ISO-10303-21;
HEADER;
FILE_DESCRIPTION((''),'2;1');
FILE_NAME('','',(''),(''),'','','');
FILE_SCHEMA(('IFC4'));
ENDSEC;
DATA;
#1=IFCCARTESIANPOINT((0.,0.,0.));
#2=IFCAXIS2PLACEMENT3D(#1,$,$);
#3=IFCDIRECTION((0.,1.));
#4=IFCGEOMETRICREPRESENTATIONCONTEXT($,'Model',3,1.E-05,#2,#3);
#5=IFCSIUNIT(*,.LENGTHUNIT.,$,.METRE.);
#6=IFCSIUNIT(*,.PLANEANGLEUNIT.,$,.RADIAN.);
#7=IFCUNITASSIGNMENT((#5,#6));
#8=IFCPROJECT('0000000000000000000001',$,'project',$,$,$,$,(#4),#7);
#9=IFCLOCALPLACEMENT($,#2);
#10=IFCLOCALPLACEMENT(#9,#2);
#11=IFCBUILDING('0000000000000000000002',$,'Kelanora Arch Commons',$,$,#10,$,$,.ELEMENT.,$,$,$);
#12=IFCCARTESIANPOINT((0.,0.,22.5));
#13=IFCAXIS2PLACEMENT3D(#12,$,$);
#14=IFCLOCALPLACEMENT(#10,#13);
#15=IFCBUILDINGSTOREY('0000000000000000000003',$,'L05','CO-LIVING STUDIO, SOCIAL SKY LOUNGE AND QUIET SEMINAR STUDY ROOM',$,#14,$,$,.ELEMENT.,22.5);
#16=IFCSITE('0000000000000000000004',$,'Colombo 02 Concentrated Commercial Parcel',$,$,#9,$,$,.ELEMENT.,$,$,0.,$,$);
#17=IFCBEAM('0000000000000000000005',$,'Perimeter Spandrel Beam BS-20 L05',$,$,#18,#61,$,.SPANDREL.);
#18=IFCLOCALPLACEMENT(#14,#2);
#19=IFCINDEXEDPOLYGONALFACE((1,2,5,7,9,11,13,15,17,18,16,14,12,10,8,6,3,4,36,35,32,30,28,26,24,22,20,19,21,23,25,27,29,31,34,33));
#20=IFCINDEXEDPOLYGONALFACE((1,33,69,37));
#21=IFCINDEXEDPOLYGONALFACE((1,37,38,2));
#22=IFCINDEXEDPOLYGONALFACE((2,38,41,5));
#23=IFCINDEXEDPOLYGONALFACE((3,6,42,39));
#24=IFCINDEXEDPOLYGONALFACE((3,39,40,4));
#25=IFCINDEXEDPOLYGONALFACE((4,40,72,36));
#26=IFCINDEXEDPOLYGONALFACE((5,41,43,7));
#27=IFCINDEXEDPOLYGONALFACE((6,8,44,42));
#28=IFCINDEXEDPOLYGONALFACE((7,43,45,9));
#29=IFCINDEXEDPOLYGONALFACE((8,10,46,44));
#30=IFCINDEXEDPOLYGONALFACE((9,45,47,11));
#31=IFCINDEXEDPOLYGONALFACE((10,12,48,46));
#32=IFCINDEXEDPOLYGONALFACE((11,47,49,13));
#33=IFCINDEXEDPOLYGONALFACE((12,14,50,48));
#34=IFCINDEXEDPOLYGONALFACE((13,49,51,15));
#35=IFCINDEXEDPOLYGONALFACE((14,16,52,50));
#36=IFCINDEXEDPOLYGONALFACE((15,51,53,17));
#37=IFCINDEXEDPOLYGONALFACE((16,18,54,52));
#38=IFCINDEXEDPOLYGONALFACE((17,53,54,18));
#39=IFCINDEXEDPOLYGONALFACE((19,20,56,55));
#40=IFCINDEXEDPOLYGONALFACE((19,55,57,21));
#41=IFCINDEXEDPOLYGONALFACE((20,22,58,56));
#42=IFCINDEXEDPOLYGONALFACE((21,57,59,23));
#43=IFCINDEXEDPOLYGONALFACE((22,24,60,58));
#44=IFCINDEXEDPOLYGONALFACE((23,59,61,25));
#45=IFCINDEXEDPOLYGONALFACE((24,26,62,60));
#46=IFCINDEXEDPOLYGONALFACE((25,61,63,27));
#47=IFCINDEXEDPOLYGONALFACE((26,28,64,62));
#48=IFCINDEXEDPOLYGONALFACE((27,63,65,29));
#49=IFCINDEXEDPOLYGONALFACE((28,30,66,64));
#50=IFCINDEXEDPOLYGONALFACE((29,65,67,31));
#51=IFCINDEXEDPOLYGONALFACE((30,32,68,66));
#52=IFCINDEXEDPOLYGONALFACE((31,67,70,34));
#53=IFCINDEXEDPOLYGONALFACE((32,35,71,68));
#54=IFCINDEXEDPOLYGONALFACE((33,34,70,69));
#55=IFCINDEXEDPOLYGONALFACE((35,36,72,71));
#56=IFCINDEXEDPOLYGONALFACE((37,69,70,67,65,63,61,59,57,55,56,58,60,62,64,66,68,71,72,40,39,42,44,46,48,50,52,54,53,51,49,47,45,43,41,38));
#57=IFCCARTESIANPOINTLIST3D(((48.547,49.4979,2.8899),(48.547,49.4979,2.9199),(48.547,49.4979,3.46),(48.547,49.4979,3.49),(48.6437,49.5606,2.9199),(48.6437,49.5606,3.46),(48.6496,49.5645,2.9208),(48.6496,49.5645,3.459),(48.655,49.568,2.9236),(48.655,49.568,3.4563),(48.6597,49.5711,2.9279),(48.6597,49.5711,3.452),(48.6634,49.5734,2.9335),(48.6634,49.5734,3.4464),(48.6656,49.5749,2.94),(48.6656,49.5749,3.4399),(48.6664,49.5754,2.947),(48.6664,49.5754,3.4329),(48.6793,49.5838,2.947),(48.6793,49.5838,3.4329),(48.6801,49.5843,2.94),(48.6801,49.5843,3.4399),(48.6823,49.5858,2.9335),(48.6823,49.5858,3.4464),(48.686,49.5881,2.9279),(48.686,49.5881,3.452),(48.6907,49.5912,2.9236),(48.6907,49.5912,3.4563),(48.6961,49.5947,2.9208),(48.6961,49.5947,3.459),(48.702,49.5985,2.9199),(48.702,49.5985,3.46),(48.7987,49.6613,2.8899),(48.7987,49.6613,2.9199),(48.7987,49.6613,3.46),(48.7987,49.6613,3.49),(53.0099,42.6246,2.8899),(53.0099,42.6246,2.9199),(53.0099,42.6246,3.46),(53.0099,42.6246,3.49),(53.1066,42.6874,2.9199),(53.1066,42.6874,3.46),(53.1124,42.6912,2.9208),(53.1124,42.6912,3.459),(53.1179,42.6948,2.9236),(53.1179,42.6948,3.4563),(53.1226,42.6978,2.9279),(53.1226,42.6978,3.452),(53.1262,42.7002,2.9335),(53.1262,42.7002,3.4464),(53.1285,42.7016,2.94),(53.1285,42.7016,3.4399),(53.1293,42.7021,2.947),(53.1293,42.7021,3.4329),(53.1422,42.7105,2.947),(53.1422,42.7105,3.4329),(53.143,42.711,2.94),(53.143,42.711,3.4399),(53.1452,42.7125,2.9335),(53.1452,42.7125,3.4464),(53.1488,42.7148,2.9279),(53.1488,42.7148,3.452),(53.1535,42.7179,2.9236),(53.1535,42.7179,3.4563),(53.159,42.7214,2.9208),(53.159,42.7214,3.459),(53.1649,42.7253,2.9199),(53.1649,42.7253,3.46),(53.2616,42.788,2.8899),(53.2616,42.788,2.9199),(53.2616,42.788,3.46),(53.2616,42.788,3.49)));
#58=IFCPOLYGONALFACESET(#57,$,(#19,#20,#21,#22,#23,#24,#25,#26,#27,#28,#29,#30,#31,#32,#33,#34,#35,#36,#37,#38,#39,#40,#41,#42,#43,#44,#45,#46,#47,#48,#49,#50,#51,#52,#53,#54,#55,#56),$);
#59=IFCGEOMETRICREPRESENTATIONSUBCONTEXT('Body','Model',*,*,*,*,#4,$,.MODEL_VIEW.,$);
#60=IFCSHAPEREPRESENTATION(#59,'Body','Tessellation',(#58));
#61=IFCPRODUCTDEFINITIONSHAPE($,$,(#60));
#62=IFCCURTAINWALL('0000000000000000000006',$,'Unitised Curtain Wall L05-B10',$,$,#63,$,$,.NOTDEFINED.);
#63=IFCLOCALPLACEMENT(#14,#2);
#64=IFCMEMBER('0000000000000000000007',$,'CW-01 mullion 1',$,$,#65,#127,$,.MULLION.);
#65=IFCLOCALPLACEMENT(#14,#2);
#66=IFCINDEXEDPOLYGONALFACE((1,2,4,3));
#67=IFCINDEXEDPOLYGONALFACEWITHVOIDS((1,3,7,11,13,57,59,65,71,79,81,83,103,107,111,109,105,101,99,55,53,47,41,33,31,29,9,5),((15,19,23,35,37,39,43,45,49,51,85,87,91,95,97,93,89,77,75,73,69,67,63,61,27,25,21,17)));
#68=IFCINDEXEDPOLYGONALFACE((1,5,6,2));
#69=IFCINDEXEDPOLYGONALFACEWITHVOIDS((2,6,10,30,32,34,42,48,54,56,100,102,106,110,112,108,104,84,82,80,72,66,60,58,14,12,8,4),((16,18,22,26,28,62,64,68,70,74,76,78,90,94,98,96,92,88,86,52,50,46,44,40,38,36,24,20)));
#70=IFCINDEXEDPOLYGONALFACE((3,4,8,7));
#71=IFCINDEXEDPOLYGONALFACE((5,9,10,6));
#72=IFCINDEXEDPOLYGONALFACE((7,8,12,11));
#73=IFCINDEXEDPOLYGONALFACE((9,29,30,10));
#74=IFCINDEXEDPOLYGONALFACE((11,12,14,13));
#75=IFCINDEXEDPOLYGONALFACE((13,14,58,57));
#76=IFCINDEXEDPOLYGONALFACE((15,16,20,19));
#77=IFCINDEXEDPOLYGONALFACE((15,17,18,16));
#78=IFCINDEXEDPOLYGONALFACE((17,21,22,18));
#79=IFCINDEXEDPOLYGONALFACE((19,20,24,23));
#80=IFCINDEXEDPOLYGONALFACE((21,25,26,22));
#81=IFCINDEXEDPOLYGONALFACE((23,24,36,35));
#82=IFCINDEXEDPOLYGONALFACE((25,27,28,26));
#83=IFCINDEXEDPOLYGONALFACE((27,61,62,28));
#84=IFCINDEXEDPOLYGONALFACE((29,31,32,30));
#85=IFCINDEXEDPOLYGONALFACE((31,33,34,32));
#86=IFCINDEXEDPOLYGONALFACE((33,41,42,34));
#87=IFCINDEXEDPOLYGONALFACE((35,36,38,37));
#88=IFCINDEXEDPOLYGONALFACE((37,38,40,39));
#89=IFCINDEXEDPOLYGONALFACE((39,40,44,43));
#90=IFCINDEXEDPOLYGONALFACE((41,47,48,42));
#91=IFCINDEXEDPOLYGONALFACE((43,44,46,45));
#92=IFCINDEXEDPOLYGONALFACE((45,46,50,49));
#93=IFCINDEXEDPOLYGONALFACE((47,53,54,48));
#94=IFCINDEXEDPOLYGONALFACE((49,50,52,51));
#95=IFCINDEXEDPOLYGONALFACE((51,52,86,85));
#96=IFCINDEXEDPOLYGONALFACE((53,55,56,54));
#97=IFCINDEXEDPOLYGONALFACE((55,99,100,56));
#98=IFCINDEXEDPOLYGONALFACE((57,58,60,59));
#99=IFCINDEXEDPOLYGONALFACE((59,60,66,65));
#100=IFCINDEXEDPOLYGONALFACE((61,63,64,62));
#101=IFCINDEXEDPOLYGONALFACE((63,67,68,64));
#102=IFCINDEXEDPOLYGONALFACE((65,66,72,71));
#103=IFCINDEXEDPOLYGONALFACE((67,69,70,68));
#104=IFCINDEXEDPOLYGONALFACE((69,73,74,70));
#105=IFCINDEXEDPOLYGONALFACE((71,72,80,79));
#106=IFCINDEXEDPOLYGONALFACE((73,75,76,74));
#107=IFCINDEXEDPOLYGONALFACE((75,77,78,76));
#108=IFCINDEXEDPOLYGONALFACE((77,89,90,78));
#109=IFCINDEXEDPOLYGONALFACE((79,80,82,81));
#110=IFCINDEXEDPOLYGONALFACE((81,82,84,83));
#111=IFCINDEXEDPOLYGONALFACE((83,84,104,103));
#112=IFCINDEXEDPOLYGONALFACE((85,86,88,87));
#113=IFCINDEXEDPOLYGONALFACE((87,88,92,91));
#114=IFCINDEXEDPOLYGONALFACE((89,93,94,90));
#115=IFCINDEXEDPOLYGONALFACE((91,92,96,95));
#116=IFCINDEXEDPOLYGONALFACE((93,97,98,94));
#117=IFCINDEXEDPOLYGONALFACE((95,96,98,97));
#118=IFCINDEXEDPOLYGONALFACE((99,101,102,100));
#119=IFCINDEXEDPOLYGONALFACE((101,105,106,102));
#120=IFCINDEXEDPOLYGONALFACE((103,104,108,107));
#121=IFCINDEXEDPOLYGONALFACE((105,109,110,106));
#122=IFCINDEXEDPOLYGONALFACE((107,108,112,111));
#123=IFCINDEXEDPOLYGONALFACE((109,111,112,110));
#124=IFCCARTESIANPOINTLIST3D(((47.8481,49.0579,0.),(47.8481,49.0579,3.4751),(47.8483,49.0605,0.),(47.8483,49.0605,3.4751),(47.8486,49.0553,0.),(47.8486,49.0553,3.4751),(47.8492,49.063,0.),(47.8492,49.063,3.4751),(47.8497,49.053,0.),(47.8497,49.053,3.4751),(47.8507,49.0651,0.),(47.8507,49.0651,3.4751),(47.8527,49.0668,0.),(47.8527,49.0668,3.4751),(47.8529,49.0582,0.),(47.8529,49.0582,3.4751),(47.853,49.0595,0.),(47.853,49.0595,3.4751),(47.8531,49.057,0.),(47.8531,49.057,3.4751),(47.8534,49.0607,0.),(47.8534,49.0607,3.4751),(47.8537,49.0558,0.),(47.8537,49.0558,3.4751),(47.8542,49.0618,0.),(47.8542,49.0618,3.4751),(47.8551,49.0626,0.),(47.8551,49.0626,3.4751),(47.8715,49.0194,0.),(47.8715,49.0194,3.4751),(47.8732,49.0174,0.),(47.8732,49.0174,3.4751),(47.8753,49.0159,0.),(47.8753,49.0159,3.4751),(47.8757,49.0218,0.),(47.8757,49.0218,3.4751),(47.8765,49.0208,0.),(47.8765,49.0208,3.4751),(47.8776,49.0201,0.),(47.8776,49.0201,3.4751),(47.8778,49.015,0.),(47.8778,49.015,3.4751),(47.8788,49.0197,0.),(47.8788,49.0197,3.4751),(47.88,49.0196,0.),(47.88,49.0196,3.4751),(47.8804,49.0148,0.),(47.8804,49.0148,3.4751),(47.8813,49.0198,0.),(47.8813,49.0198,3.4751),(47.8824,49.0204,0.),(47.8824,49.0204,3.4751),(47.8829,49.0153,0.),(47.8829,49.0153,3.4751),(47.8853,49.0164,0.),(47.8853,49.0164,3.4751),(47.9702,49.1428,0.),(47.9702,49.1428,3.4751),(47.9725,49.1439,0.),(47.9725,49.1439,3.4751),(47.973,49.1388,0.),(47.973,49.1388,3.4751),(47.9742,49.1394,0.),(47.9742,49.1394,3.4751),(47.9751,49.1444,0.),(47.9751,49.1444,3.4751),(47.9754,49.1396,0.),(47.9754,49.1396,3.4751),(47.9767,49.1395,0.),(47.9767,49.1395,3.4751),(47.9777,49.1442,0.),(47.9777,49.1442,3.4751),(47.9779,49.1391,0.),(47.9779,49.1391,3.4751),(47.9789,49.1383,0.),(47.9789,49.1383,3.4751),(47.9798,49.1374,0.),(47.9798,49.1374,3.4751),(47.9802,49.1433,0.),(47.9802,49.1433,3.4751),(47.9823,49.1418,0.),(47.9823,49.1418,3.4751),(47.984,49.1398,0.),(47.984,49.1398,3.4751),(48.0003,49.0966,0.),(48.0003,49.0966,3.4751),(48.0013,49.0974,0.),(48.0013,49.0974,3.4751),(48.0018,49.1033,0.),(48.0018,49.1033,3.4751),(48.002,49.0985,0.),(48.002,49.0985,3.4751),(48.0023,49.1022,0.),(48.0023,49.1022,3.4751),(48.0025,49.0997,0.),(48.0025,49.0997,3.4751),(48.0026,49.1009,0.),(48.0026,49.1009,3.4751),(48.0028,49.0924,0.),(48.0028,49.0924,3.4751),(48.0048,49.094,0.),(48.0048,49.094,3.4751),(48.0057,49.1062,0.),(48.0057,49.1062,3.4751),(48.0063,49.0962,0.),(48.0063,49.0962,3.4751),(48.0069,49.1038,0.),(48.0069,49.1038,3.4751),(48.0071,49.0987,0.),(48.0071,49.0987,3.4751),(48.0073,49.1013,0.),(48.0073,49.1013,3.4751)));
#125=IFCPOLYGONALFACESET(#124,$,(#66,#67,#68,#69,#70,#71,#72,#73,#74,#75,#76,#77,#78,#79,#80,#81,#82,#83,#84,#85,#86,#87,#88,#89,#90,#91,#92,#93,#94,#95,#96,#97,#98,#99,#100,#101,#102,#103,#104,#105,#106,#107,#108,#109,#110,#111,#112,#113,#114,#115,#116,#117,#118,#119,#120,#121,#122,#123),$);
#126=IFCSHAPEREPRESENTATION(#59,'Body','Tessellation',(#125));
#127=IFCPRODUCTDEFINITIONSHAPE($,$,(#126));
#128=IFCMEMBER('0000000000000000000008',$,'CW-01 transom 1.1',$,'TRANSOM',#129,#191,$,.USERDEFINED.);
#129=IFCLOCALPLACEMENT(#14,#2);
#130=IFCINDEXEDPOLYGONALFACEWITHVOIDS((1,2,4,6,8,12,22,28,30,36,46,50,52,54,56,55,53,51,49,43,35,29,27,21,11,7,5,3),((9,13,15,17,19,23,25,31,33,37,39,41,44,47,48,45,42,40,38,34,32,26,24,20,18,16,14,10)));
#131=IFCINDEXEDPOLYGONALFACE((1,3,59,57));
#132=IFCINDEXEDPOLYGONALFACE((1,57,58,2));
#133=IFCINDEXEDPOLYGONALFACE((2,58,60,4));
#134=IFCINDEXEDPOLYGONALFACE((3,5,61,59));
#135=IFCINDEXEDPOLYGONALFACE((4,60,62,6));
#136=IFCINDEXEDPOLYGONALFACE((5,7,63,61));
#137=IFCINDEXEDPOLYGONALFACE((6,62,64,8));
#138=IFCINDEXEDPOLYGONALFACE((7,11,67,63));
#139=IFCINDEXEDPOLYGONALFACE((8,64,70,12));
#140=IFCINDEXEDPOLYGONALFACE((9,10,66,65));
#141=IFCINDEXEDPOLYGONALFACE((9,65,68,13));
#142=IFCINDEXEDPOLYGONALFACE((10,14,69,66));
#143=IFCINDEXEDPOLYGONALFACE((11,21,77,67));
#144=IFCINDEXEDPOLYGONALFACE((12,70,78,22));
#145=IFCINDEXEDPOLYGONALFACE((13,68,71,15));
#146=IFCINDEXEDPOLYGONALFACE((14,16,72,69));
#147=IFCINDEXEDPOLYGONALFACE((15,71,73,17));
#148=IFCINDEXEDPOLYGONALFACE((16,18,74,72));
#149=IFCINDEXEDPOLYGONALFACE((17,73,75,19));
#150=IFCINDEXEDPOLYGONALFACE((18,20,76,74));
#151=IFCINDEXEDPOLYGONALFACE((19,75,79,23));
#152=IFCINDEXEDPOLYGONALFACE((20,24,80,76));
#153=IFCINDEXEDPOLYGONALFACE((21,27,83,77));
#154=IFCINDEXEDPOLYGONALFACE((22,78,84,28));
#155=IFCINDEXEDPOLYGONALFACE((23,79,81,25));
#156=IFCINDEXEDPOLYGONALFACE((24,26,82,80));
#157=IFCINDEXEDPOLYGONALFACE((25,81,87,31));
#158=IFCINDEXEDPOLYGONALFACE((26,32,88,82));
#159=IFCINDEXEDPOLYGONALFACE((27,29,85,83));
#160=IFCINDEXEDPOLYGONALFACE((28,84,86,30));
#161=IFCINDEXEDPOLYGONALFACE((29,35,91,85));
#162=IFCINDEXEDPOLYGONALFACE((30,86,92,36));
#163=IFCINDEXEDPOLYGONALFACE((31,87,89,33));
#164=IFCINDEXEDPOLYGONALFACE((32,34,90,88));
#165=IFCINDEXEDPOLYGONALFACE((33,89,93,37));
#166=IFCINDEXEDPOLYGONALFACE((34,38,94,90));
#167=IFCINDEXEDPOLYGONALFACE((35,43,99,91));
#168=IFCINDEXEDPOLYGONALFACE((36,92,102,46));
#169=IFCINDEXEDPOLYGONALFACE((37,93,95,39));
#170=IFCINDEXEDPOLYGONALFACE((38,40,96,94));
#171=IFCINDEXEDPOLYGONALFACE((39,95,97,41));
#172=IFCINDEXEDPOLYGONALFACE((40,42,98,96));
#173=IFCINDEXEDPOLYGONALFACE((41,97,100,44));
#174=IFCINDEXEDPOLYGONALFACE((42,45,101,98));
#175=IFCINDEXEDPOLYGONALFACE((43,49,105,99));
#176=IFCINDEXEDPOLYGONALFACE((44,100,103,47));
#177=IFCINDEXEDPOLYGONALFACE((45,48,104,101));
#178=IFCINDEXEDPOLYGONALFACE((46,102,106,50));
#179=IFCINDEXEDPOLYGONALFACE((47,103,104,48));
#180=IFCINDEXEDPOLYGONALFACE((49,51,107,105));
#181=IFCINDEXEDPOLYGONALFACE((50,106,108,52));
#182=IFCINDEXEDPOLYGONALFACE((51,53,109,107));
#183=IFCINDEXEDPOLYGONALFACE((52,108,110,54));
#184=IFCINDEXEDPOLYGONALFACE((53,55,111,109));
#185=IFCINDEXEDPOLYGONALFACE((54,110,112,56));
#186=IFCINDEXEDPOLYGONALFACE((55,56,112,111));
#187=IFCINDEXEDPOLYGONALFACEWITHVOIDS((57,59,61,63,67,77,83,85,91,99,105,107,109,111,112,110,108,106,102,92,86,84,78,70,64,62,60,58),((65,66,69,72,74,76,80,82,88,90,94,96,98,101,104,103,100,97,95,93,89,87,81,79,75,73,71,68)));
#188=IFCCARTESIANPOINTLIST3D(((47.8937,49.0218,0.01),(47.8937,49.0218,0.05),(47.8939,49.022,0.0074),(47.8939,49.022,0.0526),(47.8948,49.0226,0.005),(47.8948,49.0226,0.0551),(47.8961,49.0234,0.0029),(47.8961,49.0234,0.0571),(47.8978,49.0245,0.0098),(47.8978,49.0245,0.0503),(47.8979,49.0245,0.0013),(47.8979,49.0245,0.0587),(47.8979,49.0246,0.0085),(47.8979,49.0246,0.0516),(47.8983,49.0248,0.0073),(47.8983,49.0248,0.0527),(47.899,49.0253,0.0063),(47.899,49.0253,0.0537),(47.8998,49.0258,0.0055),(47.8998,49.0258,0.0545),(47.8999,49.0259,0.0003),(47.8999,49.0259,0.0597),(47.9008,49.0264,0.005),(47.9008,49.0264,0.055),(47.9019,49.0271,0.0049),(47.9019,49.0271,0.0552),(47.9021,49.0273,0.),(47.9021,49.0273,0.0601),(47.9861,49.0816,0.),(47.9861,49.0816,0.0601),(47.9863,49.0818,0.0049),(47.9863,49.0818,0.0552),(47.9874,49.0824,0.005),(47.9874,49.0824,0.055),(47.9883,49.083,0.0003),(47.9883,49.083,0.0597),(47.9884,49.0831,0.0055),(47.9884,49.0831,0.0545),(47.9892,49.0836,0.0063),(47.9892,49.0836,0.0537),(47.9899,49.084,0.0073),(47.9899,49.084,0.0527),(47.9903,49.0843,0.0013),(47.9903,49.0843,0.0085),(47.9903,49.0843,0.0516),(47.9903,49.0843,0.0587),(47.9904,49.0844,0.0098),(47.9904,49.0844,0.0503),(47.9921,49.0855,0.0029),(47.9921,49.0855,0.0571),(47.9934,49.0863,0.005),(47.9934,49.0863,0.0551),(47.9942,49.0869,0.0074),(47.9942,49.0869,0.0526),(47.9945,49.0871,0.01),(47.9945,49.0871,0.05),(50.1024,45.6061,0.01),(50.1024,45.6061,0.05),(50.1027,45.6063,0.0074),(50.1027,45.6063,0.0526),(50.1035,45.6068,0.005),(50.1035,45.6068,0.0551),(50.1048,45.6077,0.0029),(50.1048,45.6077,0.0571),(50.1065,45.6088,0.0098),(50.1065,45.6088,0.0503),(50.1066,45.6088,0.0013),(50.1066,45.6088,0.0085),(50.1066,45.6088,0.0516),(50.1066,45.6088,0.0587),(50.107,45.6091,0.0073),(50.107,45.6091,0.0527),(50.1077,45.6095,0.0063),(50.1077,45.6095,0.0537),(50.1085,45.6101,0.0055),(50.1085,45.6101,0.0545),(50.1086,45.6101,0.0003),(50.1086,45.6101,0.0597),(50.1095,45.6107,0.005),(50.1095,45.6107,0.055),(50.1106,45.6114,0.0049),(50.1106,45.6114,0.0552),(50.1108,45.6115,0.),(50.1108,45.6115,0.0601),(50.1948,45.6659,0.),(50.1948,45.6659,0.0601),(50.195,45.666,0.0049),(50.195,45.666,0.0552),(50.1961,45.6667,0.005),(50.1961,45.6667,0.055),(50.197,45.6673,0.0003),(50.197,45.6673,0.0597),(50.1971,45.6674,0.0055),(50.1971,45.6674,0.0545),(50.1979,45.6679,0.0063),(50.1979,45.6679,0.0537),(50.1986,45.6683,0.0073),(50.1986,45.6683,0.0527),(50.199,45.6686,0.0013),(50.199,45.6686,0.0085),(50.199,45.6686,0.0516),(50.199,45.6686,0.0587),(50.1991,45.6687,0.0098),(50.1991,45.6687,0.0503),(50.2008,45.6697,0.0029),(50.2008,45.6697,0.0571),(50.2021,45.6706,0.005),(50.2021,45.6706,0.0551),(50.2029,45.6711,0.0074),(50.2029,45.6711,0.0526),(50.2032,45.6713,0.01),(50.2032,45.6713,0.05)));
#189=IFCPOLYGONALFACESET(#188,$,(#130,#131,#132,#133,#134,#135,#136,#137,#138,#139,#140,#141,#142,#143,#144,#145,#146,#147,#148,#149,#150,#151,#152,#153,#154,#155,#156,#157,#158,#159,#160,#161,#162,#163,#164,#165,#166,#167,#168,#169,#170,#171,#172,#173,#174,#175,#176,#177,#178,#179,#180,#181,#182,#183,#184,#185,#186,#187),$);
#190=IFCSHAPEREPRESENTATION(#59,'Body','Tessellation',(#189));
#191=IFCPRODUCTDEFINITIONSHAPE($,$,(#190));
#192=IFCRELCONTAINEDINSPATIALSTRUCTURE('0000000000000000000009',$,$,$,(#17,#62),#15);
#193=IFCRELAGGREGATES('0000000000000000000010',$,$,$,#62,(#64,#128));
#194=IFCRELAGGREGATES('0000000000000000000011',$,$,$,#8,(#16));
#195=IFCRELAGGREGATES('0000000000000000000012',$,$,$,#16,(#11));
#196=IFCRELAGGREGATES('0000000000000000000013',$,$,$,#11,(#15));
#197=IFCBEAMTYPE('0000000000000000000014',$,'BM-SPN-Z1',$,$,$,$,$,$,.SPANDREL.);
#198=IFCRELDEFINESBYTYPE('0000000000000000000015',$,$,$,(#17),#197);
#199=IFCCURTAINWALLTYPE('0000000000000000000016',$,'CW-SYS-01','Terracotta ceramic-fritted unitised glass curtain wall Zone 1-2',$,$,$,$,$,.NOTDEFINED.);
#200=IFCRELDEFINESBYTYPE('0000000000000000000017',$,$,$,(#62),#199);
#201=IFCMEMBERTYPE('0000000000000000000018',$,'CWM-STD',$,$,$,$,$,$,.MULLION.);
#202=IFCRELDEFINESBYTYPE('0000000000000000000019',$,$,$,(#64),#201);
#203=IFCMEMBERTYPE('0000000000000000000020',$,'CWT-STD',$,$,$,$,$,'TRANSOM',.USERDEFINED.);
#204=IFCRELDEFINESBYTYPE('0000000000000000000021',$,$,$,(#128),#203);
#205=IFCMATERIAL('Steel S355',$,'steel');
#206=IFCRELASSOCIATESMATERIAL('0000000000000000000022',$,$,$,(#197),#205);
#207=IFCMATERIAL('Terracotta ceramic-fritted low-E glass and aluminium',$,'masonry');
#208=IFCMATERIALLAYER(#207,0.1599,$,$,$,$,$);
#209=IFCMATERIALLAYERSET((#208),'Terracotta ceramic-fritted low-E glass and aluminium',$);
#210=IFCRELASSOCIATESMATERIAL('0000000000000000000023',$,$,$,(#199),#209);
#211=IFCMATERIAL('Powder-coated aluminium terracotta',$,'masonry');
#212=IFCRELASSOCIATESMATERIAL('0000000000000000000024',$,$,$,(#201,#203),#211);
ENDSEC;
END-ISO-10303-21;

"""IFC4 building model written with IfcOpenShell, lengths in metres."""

from ifc_helpers import new_model, si_unit, direction, frame, origin, origin_2d, place, context, subcontext, project, spatial, hollow_rectangle, i_section, extrude, material, layer, layer_set, material_profile, profile_set, type_object, element, aggregate, save


model = new_model("IFC4")

# Units and contexts
model_context = context("Model", 3, precision=1e-05, world=origin(), true_north=direction((0.0, 1.0)))
body_context = subcontext(model_context, "Body", "Model", "MODEL_VIEW")
ifc_project = project(units=[si_unit("LENGTHUNIT", "METRE"), si_unit("PLANEANGLEUNIT", "RADIAN")], contexts=[model_context])

# Site, building, storey
site_placement = place(None, origin())
site = spatial("IfcSite", under=ifc_project, at=site_placement, Name="Colombo 02 Concentrated Commercial Parcel", CompositionType="ELEMENT", RefElevation=0.0)
building_placement = place(site_placement, origin())
building = spatial("IfcBuilding", under=site, at=building_placement, Name="Kelanora Arch Commons", CompositionType="ELEMENT")
storey_placement = place(building_placement, frame((0.0, 0.0, 22.5)))
storey = spatial("IfcBuildingStorey", under=building, at=storey_placement, Name="L05", Description="CO-LIVING STUDIO, SOCIAL SKY LOUNGE AND QUIET SEMINAR STUDY ROOM", CompositionType="ELEMENT", Elevation=22.5)

# Beam
ifc_material_1 = material(Name="Steel S355", Category="steel")
ifc_material_profile_1 = material_profile(ifc_material_1, i_section(OverallWidth=0.3, OverallDepth=0.6001, WebThickness=0.0154, FlangeThickness=0.03, FilletRadius=0.0271, at=origin_2d()), Name="HEB600")
ifc_profile_set_1 = profile_set([ifc_material_profile_1], Name="Steel S355")
beam_type = type_object("IfcBeamType", Name="BM-SPN-Z1", PredefinedType="SPANDREL", material=ifc_profile_set_1)
beam_1_placement = place(storey_placement, frame((48.6729, 49.5796, 3.1899), z_axis=(0.544581, -0.838708, 0.0), x_axis=(0.838708, 0.544581, 0.0)))
element("IfcBeam", 1, at=beam_1_placement, inside=storey, type_object=beam_type, Name="Perimeter Spandrel Beam BS-20 L05", PredefinedType="SPANDREL", context=body_context, shape_type="SweptSolid", body=[
    extrude(i_section(OverallWidth=0.3, OverallDepth=0.6001, WebThickness=0.0154, FlangeThickness=0.03, FilletRadius=0.0271, at=origin_2d()), origin(), (0.0, 0.0, 1.0), 8.1951),
])

# Curtain wall, members
ifc_material_2 = material(Name="Terracotta ceramic-fritted low-E glass and aluminium", Category="masonry")
ifc_layer_1 = layer(ifc_material_2, 0.1599)
ifc_layer_set_1 = layer_set([ifc_layer_1], Name="Terracotta ceramic-fritted low-E glass and aluminium")
curtain_wall_type = type_object("IfcCurtainWallType", Name="CW-SYS-01", Description="Terracotta ceramic-fritted unitised glass curtain wall Zone 1-2", PredefinedType="NOTDEFINED", material=ifc_layer_set_1)
curtain_wall_placement = place(storey_placement, origin())
curtain_wall = element("IfcCurtainWall", 2, at=curtain_wall_placement, inside=storey, type_object=curtain_wall_type, Name="Unitised Curtain Wall L05-B10", PredefinedType="NOTDEFINED")
ifc_material_3 = material(Name="Powder-coated aluminium terracotta", Category="masonry")
ifc_material_profile_2 = material_profile(ifc_material_3, hollow_rectangle(XDim=0.1599, YDim=0.0601, WallThickness=0.0049, InnerFilletRadius=0.0049, OuterFilletRadius=0.01, at=origin_2d()), Name="CWM160x60")
ifc_profile_set_2 = profile_set([ifc_material_profile_2], Name="Powder-coated aluminium terracotta")
member_type_1 = type_object("IfcMemberType", Name="CWM-STD", PredefinedType="MULLION", material=ifc_profile_set_2)
member_1_placement = place(storey_placement, frame((47.9277, 49.0796, 0.0), z_axis=(0.0, 0.0, 1.0), x_axis=(0.83973, 0.543004, 0.0)))
member_1 = element("IfcMember", 3, at=member_1_placement, type_object=member_type_1, Name="CW-01 mullion 1", PredefinedType="MULLION", context=body_context, shape_type="SweptSolid", body=[
    extrude(hollow_rectangle(XDim=0.1599, YDim=0.0601, WallThickness=0.0049, InnerFilletRadius=0.0049, OuterFilletRadius=0.01, at=origin_2d()), origin(), (0.0, 0.0, 1.0), 3.4751),
])
ifc_material_profile_3 = material_profile(ifc_material_3, hollow_rectangle(XDim=0.1201, YDim=0.0601, WallThickness=0.0049, InnerFilletRadius=0.0049, OuterFilletRadius=0.01, at=origin_2d()), Name="CWT120x60")
ifc_profile_set_3 = profile_set([ifc_material_profile_3], Name="Powder-coated aluminium terracotta")
member_type_2 = type_object("IfcMemberType", Name="CWT-STD", ElementType="TRANSOM", PredefinedType="USERDEFINED", material=ifc_profile_set_3)
member_2_placement = place(storey_placement, frame((47.9441, 49.0544, 0.03), z_axis=(0.542997, -0.839734, 0.0), x_axis=(0.839734, 0.542997, 0.0)))
member_2 = element("IfcMember", 4, at=member_2_placement, type_object=member_type_2, Name="CW-01 transom 1.1", ObjectType="TRANSOM", PredefinedType="USERDEFINED", context=body_context, shape_type="SweptSolid", body=[
    extrude(hollow_rectangle(XDim=0.1201, YDim=0.0601, WallThickness=0.0049, InnerFilletRadius=0.0049, OuterFilletRadius=0.01, at=origin_2d()), origin(), (0.0, 0.0, 1.0), 4.0676),
])
aggregate(curtain_wall, [member_1, member_2])

save(model, "model.ifc")
